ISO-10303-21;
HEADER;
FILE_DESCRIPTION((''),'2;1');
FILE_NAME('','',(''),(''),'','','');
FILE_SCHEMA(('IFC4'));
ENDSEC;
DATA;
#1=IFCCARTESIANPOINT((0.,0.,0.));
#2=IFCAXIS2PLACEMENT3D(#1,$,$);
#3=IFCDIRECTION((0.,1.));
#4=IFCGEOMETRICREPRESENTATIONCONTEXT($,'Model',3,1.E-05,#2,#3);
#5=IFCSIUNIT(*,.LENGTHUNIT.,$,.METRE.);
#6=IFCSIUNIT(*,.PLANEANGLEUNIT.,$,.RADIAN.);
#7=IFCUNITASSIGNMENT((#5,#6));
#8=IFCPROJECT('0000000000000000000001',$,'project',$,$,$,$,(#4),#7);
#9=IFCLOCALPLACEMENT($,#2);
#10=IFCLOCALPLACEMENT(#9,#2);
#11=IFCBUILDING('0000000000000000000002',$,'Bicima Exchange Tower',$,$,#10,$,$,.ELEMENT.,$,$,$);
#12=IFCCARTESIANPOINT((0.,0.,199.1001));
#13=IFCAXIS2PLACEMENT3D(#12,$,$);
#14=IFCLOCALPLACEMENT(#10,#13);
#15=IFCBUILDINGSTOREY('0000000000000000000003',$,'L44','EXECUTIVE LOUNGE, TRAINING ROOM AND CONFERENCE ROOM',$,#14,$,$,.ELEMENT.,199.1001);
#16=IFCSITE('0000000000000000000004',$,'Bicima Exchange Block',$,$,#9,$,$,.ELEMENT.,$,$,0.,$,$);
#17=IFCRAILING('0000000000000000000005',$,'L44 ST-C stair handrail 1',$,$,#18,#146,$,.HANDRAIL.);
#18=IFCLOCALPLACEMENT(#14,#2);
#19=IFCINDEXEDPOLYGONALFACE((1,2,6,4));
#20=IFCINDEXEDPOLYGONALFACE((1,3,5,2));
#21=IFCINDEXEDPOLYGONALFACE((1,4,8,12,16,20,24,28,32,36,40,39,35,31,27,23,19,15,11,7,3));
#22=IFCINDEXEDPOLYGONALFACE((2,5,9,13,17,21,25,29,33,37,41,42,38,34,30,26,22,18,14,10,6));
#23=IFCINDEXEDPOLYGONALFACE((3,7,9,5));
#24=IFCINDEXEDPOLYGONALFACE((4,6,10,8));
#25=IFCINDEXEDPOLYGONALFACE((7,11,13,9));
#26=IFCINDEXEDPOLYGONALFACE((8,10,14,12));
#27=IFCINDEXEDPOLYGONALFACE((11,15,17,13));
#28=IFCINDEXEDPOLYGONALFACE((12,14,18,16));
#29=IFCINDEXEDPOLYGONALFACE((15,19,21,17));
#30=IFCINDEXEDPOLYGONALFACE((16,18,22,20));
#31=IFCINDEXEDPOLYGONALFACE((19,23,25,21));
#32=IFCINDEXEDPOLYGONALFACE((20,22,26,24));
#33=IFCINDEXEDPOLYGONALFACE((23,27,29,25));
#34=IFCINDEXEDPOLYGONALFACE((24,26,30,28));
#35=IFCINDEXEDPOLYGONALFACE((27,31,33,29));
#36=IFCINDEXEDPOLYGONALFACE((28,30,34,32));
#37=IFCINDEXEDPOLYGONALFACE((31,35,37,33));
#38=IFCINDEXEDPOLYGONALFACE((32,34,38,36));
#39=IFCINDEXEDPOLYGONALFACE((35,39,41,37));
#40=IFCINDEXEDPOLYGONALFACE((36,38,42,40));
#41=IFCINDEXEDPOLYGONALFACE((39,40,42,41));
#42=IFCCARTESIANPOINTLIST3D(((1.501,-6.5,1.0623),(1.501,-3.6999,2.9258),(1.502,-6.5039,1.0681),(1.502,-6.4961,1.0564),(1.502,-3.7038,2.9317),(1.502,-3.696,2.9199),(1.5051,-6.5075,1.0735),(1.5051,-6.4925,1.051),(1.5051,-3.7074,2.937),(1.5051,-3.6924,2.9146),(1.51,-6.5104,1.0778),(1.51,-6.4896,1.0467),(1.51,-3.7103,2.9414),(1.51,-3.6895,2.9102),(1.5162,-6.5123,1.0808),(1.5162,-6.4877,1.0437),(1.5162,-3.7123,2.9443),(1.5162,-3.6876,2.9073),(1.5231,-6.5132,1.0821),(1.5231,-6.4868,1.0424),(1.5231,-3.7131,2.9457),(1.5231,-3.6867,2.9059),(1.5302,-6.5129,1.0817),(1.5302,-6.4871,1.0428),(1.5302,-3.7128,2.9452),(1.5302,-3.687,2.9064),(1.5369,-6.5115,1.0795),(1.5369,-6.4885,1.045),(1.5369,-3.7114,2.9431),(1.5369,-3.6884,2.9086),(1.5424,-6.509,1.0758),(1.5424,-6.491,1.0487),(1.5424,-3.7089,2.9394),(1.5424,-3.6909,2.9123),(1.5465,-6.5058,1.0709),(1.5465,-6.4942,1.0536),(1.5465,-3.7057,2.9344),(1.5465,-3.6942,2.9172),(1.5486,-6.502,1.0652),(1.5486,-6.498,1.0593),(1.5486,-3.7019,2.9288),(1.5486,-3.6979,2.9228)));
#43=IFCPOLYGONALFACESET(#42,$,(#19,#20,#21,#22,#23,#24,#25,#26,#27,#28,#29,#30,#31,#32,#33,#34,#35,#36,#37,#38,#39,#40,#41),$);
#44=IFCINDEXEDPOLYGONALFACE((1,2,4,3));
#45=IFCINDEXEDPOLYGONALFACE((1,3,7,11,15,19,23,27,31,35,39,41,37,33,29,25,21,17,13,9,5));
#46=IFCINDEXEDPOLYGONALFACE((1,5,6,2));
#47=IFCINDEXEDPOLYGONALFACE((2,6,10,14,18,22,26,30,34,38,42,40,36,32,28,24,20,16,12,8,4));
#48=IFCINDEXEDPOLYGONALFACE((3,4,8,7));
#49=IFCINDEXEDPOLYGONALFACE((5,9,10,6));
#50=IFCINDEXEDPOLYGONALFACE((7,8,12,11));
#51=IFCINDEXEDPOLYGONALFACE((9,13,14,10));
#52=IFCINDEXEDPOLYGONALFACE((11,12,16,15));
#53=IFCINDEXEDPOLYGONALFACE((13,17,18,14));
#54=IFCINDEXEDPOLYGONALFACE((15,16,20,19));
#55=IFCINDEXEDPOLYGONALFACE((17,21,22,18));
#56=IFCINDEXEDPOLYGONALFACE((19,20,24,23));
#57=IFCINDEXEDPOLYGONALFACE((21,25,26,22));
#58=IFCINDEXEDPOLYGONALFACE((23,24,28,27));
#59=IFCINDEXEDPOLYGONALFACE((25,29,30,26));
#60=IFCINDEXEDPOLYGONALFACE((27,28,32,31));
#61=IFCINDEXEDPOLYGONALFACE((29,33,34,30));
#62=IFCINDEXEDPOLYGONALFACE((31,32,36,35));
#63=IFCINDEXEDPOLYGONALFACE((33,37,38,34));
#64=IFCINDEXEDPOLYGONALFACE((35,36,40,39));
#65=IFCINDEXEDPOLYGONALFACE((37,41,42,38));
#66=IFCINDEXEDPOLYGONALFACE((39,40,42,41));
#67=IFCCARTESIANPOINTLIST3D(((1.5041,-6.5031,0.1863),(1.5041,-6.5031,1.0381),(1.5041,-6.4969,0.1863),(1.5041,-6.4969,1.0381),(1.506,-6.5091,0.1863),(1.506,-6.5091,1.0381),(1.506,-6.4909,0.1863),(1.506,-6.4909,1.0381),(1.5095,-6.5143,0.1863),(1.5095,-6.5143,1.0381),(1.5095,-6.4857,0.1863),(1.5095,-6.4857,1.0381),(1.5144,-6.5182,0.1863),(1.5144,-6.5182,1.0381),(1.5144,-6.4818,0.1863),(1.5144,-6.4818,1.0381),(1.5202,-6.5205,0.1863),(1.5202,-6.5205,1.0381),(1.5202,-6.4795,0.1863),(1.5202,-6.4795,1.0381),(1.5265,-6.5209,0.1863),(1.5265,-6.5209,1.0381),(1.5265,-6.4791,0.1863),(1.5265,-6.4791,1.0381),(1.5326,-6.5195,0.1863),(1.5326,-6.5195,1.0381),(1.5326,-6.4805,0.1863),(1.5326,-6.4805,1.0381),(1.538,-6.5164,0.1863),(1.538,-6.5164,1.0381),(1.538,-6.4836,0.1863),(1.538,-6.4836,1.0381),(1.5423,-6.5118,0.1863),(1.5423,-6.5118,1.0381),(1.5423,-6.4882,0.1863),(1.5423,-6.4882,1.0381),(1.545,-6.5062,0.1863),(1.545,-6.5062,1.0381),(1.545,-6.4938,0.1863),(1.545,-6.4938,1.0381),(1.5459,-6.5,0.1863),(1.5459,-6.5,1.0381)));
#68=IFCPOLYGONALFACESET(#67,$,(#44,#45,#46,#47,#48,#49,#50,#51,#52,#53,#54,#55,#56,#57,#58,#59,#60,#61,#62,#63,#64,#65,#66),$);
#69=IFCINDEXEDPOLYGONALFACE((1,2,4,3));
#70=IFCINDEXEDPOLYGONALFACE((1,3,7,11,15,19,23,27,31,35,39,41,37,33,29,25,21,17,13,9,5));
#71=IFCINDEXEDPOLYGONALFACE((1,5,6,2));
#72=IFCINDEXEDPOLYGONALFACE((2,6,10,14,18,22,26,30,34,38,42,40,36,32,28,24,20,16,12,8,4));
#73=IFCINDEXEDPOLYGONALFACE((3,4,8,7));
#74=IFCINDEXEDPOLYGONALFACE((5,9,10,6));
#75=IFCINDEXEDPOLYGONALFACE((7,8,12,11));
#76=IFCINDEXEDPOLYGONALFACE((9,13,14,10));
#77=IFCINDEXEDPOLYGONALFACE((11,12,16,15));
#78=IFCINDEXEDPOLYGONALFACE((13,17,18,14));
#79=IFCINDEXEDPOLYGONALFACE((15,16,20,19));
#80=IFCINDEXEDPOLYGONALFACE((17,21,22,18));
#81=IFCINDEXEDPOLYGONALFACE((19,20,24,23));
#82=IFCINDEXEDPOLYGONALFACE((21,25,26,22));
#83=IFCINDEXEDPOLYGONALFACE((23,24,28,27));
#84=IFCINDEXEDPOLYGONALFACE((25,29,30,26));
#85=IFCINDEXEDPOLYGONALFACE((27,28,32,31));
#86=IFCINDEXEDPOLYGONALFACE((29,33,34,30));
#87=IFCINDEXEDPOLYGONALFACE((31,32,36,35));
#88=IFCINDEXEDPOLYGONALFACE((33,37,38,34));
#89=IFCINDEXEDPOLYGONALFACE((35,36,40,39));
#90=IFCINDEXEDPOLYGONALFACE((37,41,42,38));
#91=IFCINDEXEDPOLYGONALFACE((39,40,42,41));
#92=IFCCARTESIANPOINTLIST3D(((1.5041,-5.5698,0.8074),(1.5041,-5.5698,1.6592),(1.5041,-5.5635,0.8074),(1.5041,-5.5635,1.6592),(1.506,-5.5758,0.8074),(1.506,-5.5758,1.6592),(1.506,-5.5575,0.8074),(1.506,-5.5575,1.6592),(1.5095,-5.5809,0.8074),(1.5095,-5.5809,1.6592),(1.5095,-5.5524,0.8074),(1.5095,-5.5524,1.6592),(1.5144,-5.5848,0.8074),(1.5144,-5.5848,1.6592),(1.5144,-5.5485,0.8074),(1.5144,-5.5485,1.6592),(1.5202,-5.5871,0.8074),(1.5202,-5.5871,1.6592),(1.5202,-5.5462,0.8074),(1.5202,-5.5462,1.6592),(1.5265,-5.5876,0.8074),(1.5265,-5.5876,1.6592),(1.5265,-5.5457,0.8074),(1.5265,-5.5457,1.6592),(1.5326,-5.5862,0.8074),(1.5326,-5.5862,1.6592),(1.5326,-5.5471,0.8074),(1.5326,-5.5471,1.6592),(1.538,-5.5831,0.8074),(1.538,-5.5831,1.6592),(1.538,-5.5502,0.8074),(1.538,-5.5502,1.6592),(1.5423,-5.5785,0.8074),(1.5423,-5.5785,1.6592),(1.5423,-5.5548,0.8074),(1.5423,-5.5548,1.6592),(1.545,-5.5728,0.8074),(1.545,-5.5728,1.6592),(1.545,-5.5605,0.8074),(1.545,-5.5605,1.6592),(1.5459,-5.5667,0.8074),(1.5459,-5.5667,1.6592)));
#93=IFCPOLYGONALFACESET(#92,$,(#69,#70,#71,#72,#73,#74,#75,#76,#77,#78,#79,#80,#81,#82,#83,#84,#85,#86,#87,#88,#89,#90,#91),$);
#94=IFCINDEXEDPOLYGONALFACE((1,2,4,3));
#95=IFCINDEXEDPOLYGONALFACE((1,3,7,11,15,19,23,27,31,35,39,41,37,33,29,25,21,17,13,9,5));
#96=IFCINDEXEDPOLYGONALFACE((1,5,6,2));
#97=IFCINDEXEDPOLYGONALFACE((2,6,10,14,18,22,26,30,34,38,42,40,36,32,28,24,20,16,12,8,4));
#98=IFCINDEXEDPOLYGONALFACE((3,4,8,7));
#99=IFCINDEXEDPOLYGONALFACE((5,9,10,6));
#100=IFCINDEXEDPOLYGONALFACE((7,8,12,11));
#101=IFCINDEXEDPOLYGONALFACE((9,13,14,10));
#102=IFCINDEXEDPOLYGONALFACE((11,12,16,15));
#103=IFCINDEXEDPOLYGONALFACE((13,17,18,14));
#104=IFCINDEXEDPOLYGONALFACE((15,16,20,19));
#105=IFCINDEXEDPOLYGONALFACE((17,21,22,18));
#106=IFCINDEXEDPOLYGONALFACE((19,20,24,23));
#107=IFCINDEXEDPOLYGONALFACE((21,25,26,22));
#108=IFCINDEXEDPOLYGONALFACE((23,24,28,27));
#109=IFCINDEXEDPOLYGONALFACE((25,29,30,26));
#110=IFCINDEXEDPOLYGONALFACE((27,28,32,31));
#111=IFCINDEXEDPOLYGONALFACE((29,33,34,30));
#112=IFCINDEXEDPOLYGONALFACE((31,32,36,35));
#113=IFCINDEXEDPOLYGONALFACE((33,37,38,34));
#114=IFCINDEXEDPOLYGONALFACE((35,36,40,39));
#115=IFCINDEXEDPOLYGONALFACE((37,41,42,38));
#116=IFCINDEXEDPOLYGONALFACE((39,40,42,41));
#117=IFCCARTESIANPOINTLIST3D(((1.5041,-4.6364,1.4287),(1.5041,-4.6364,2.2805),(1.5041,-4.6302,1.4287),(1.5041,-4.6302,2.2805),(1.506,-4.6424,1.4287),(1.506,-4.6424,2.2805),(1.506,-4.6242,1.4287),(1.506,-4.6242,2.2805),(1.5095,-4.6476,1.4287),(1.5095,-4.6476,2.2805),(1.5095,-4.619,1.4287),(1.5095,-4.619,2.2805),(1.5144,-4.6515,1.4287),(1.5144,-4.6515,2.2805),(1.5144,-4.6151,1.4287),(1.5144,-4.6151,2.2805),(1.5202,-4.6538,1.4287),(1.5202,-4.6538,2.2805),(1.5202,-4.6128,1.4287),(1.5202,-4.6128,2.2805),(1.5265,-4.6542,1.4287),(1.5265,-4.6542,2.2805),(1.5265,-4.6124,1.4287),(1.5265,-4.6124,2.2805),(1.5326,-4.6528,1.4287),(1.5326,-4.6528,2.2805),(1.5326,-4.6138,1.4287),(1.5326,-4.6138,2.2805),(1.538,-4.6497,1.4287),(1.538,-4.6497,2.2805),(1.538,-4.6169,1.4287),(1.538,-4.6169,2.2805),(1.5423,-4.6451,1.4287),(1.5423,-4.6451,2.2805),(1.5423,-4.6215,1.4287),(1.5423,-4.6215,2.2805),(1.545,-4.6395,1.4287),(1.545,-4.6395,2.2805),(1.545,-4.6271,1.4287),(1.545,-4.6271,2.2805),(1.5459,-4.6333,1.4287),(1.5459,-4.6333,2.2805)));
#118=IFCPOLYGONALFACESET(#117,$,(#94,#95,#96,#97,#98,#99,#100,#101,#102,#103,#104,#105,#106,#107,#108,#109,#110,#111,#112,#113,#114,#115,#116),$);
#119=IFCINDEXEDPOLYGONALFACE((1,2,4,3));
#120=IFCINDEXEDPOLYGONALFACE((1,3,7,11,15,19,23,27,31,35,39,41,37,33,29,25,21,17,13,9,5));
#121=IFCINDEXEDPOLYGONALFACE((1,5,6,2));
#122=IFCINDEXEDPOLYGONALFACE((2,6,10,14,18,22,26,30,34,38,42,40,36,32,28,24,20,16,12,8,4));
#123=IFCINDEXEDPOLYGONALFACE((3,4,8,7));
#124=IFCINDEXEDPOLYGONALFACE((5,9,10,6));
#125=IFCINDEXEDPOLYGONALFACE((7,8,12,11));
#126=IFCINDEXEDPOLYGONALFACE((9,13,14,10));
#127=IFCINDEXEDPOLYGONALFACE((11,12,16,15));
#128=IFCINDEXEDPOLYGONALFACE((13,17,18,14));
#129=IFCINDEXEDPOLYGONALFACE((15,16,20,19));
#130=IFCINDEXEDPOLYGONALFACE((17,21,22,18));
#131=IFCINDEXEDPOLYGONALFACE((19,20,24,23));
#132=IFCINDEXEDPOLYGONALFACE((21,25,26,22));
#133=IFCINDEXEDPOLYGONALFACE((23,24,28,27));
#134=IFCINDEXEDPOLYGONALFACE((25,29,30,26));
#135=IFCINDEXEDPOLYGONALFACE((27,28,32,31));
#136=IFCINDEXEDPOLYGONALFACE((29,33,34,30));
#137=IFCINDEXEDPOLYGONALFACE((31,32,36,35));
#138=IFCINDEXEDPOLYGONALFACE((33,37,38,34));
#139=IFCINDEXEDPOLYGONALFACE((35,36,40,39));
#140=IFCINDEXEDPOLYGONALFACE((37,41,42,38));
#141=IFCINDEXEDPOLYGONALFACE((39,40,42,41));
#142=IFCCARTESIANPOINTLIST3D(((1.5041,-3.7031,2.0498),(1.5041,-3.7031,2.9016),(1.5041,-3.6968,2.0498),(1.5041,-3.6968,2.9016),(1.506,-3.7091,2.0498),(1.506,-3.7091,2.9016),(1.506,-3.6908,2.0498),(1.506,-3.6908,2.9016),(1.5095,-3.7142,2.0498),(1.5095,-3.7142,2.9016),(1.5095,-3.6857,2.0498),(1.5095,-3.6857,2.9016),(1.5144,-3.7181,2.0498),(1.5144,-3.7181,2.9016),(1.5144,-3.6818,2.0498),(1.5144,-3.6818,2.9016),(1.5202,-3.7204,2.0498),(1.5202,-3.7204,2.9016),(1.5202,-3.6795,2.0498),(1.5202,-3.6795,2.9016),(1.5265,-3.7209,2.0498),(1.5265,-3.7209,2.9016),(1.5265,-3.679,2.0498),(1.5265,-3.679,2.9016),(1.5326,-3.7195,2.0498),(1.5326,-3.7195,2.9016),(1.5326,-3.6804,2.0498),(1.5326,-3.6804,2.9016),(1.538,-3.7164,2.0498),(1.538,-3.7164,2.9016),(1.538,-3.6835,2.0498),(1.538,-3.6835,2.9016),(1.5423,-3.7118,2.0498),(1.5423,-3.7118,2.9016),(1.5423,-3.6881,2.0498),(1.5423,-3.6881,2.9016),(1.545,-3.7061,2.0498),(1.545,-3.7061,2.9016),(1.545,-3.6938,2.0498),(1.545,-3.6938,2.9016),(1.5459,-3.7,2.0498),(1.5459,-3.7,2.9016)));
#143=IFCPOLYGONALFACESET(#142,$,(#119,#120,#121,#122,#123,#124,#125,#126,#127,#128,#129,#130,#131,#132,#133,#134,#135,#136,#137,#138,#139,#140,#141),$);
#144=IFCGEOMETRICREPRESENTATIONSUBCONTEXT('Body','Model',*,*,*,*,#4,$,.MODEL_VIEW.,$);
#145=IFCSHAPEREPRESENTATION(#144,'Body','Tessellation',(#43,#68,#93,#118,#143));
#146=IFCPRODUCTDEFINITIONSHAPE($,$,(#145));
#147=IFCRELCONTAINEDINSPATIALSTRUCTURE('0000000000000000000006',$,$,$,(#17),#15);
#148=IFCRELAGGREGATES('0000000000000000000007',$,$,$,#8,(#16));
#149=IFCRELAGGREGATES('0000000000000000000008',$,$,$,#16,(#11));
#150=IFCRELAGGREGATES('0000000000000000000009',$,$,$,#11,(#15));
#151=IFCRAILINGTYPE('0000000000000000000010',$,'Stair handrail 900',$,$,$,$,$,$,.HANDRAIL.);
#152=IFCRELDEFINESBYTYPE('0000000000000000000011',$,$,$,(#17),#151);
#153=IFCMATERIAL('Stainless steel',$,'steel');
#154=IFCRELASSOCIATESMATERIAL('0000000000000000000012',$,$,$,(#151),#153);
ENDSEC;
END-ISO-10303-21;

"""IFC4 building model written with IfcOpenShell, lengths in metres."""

from ifc_helpers import new_model, si_unit, direction, frame, origin, origin_2d, place, context, subcontext, project, spatial, circle, extrude, material, type_object, element, save


model = new_model("IFC4")

# Units and contexts
model_context = context("Model", 3, precision=1e-05, world=origin(), true_north=direction((0.0, 1.0)))
body_context = subcontext(model_context, "Body", "Model", "MODEL_VIEW")
ifc_project = project(units=[si_unit("LENGTHUNIT", "METRE"), si_unit("PLANEANGLEUNIT", "RADIAN")], contexts=[model_context])

# Site, building, storey
site_placement = place(None, origin())
site = spatial("IfcSite", under=ifc_project, at=site_placement, Name="Bicima Exchange Block", CompositionType="ELEMENT", RefElevation=0.0)
building_placement = place(site_placement, origin())
building = spatial("IfcBuilding", under=site, at=building_placement, Name="Bicima Exchange Tower", CompositionType="ELEMENT")
storey_placement = place(building_placement, frame((0.0, 0.0, 199.1001)))
storey = spatial("IfcBuildingStorey", under=building, at=storey_placement, Name="L44", Description="EXECUTIVE LOUNGE, TRAINING ROOM AND CONFERENCE ROOM", CompositionType="ELEMENT", Elevation=199.1001)

# Shared definitions
ifc_material_1 = material(Name="Stainless steel", Category="steel")

# Railing
railing_type_1 = type_object("IfcRailingType", Name="Stair handrail 900", PredefinedType="HANDRAIL", material=ifc_material_1)
railing_1_placement = place(storey_placement, frame((1.5249, -6.5, 0.1863)))
element("IfcRailing", 1, at=railing_1_placement, inside=storey, type_object=railing_type_1, Name="L44 ST-C stair handrail 1", PredefinedType="HANDRAIL", context=body_context, shape_type="SweptSolid", body=[
    extrude(circle(Radius=0.0239, at=origin_2d()), frame((0.0, 0.0, 0.876), z_axis=(0.0, 0.832486, 0.554047), x_axis=(-1.0, 0.0, 0.0)), (0.0, 0.0, 1.0), 3.3635),
    extrude(circle(Radius=0.021, at=origin_2d()), origin(), (0.0, 0.0, 1.0), 0.8518),
    extrude(circle(Radius=0.021, at=origin_2d()), frame((0.0, 0.9333, 0.6211)), (0.0, 0.0, 1.0), 0.8518),
    extrude(circle(Radius=0.021, at=origin_2d()), frame((0.0, 1.8667, 1.2424)), (0.0, 0.0, 1.0), 0.8518),
    extrude(circle(Radius=0.021, at=origin_2d()), frame((0.0, 2.8, 1.8635)), (0.0, 0.0, 1.0), 0.8518),
])

save(model, "model.ifc")
